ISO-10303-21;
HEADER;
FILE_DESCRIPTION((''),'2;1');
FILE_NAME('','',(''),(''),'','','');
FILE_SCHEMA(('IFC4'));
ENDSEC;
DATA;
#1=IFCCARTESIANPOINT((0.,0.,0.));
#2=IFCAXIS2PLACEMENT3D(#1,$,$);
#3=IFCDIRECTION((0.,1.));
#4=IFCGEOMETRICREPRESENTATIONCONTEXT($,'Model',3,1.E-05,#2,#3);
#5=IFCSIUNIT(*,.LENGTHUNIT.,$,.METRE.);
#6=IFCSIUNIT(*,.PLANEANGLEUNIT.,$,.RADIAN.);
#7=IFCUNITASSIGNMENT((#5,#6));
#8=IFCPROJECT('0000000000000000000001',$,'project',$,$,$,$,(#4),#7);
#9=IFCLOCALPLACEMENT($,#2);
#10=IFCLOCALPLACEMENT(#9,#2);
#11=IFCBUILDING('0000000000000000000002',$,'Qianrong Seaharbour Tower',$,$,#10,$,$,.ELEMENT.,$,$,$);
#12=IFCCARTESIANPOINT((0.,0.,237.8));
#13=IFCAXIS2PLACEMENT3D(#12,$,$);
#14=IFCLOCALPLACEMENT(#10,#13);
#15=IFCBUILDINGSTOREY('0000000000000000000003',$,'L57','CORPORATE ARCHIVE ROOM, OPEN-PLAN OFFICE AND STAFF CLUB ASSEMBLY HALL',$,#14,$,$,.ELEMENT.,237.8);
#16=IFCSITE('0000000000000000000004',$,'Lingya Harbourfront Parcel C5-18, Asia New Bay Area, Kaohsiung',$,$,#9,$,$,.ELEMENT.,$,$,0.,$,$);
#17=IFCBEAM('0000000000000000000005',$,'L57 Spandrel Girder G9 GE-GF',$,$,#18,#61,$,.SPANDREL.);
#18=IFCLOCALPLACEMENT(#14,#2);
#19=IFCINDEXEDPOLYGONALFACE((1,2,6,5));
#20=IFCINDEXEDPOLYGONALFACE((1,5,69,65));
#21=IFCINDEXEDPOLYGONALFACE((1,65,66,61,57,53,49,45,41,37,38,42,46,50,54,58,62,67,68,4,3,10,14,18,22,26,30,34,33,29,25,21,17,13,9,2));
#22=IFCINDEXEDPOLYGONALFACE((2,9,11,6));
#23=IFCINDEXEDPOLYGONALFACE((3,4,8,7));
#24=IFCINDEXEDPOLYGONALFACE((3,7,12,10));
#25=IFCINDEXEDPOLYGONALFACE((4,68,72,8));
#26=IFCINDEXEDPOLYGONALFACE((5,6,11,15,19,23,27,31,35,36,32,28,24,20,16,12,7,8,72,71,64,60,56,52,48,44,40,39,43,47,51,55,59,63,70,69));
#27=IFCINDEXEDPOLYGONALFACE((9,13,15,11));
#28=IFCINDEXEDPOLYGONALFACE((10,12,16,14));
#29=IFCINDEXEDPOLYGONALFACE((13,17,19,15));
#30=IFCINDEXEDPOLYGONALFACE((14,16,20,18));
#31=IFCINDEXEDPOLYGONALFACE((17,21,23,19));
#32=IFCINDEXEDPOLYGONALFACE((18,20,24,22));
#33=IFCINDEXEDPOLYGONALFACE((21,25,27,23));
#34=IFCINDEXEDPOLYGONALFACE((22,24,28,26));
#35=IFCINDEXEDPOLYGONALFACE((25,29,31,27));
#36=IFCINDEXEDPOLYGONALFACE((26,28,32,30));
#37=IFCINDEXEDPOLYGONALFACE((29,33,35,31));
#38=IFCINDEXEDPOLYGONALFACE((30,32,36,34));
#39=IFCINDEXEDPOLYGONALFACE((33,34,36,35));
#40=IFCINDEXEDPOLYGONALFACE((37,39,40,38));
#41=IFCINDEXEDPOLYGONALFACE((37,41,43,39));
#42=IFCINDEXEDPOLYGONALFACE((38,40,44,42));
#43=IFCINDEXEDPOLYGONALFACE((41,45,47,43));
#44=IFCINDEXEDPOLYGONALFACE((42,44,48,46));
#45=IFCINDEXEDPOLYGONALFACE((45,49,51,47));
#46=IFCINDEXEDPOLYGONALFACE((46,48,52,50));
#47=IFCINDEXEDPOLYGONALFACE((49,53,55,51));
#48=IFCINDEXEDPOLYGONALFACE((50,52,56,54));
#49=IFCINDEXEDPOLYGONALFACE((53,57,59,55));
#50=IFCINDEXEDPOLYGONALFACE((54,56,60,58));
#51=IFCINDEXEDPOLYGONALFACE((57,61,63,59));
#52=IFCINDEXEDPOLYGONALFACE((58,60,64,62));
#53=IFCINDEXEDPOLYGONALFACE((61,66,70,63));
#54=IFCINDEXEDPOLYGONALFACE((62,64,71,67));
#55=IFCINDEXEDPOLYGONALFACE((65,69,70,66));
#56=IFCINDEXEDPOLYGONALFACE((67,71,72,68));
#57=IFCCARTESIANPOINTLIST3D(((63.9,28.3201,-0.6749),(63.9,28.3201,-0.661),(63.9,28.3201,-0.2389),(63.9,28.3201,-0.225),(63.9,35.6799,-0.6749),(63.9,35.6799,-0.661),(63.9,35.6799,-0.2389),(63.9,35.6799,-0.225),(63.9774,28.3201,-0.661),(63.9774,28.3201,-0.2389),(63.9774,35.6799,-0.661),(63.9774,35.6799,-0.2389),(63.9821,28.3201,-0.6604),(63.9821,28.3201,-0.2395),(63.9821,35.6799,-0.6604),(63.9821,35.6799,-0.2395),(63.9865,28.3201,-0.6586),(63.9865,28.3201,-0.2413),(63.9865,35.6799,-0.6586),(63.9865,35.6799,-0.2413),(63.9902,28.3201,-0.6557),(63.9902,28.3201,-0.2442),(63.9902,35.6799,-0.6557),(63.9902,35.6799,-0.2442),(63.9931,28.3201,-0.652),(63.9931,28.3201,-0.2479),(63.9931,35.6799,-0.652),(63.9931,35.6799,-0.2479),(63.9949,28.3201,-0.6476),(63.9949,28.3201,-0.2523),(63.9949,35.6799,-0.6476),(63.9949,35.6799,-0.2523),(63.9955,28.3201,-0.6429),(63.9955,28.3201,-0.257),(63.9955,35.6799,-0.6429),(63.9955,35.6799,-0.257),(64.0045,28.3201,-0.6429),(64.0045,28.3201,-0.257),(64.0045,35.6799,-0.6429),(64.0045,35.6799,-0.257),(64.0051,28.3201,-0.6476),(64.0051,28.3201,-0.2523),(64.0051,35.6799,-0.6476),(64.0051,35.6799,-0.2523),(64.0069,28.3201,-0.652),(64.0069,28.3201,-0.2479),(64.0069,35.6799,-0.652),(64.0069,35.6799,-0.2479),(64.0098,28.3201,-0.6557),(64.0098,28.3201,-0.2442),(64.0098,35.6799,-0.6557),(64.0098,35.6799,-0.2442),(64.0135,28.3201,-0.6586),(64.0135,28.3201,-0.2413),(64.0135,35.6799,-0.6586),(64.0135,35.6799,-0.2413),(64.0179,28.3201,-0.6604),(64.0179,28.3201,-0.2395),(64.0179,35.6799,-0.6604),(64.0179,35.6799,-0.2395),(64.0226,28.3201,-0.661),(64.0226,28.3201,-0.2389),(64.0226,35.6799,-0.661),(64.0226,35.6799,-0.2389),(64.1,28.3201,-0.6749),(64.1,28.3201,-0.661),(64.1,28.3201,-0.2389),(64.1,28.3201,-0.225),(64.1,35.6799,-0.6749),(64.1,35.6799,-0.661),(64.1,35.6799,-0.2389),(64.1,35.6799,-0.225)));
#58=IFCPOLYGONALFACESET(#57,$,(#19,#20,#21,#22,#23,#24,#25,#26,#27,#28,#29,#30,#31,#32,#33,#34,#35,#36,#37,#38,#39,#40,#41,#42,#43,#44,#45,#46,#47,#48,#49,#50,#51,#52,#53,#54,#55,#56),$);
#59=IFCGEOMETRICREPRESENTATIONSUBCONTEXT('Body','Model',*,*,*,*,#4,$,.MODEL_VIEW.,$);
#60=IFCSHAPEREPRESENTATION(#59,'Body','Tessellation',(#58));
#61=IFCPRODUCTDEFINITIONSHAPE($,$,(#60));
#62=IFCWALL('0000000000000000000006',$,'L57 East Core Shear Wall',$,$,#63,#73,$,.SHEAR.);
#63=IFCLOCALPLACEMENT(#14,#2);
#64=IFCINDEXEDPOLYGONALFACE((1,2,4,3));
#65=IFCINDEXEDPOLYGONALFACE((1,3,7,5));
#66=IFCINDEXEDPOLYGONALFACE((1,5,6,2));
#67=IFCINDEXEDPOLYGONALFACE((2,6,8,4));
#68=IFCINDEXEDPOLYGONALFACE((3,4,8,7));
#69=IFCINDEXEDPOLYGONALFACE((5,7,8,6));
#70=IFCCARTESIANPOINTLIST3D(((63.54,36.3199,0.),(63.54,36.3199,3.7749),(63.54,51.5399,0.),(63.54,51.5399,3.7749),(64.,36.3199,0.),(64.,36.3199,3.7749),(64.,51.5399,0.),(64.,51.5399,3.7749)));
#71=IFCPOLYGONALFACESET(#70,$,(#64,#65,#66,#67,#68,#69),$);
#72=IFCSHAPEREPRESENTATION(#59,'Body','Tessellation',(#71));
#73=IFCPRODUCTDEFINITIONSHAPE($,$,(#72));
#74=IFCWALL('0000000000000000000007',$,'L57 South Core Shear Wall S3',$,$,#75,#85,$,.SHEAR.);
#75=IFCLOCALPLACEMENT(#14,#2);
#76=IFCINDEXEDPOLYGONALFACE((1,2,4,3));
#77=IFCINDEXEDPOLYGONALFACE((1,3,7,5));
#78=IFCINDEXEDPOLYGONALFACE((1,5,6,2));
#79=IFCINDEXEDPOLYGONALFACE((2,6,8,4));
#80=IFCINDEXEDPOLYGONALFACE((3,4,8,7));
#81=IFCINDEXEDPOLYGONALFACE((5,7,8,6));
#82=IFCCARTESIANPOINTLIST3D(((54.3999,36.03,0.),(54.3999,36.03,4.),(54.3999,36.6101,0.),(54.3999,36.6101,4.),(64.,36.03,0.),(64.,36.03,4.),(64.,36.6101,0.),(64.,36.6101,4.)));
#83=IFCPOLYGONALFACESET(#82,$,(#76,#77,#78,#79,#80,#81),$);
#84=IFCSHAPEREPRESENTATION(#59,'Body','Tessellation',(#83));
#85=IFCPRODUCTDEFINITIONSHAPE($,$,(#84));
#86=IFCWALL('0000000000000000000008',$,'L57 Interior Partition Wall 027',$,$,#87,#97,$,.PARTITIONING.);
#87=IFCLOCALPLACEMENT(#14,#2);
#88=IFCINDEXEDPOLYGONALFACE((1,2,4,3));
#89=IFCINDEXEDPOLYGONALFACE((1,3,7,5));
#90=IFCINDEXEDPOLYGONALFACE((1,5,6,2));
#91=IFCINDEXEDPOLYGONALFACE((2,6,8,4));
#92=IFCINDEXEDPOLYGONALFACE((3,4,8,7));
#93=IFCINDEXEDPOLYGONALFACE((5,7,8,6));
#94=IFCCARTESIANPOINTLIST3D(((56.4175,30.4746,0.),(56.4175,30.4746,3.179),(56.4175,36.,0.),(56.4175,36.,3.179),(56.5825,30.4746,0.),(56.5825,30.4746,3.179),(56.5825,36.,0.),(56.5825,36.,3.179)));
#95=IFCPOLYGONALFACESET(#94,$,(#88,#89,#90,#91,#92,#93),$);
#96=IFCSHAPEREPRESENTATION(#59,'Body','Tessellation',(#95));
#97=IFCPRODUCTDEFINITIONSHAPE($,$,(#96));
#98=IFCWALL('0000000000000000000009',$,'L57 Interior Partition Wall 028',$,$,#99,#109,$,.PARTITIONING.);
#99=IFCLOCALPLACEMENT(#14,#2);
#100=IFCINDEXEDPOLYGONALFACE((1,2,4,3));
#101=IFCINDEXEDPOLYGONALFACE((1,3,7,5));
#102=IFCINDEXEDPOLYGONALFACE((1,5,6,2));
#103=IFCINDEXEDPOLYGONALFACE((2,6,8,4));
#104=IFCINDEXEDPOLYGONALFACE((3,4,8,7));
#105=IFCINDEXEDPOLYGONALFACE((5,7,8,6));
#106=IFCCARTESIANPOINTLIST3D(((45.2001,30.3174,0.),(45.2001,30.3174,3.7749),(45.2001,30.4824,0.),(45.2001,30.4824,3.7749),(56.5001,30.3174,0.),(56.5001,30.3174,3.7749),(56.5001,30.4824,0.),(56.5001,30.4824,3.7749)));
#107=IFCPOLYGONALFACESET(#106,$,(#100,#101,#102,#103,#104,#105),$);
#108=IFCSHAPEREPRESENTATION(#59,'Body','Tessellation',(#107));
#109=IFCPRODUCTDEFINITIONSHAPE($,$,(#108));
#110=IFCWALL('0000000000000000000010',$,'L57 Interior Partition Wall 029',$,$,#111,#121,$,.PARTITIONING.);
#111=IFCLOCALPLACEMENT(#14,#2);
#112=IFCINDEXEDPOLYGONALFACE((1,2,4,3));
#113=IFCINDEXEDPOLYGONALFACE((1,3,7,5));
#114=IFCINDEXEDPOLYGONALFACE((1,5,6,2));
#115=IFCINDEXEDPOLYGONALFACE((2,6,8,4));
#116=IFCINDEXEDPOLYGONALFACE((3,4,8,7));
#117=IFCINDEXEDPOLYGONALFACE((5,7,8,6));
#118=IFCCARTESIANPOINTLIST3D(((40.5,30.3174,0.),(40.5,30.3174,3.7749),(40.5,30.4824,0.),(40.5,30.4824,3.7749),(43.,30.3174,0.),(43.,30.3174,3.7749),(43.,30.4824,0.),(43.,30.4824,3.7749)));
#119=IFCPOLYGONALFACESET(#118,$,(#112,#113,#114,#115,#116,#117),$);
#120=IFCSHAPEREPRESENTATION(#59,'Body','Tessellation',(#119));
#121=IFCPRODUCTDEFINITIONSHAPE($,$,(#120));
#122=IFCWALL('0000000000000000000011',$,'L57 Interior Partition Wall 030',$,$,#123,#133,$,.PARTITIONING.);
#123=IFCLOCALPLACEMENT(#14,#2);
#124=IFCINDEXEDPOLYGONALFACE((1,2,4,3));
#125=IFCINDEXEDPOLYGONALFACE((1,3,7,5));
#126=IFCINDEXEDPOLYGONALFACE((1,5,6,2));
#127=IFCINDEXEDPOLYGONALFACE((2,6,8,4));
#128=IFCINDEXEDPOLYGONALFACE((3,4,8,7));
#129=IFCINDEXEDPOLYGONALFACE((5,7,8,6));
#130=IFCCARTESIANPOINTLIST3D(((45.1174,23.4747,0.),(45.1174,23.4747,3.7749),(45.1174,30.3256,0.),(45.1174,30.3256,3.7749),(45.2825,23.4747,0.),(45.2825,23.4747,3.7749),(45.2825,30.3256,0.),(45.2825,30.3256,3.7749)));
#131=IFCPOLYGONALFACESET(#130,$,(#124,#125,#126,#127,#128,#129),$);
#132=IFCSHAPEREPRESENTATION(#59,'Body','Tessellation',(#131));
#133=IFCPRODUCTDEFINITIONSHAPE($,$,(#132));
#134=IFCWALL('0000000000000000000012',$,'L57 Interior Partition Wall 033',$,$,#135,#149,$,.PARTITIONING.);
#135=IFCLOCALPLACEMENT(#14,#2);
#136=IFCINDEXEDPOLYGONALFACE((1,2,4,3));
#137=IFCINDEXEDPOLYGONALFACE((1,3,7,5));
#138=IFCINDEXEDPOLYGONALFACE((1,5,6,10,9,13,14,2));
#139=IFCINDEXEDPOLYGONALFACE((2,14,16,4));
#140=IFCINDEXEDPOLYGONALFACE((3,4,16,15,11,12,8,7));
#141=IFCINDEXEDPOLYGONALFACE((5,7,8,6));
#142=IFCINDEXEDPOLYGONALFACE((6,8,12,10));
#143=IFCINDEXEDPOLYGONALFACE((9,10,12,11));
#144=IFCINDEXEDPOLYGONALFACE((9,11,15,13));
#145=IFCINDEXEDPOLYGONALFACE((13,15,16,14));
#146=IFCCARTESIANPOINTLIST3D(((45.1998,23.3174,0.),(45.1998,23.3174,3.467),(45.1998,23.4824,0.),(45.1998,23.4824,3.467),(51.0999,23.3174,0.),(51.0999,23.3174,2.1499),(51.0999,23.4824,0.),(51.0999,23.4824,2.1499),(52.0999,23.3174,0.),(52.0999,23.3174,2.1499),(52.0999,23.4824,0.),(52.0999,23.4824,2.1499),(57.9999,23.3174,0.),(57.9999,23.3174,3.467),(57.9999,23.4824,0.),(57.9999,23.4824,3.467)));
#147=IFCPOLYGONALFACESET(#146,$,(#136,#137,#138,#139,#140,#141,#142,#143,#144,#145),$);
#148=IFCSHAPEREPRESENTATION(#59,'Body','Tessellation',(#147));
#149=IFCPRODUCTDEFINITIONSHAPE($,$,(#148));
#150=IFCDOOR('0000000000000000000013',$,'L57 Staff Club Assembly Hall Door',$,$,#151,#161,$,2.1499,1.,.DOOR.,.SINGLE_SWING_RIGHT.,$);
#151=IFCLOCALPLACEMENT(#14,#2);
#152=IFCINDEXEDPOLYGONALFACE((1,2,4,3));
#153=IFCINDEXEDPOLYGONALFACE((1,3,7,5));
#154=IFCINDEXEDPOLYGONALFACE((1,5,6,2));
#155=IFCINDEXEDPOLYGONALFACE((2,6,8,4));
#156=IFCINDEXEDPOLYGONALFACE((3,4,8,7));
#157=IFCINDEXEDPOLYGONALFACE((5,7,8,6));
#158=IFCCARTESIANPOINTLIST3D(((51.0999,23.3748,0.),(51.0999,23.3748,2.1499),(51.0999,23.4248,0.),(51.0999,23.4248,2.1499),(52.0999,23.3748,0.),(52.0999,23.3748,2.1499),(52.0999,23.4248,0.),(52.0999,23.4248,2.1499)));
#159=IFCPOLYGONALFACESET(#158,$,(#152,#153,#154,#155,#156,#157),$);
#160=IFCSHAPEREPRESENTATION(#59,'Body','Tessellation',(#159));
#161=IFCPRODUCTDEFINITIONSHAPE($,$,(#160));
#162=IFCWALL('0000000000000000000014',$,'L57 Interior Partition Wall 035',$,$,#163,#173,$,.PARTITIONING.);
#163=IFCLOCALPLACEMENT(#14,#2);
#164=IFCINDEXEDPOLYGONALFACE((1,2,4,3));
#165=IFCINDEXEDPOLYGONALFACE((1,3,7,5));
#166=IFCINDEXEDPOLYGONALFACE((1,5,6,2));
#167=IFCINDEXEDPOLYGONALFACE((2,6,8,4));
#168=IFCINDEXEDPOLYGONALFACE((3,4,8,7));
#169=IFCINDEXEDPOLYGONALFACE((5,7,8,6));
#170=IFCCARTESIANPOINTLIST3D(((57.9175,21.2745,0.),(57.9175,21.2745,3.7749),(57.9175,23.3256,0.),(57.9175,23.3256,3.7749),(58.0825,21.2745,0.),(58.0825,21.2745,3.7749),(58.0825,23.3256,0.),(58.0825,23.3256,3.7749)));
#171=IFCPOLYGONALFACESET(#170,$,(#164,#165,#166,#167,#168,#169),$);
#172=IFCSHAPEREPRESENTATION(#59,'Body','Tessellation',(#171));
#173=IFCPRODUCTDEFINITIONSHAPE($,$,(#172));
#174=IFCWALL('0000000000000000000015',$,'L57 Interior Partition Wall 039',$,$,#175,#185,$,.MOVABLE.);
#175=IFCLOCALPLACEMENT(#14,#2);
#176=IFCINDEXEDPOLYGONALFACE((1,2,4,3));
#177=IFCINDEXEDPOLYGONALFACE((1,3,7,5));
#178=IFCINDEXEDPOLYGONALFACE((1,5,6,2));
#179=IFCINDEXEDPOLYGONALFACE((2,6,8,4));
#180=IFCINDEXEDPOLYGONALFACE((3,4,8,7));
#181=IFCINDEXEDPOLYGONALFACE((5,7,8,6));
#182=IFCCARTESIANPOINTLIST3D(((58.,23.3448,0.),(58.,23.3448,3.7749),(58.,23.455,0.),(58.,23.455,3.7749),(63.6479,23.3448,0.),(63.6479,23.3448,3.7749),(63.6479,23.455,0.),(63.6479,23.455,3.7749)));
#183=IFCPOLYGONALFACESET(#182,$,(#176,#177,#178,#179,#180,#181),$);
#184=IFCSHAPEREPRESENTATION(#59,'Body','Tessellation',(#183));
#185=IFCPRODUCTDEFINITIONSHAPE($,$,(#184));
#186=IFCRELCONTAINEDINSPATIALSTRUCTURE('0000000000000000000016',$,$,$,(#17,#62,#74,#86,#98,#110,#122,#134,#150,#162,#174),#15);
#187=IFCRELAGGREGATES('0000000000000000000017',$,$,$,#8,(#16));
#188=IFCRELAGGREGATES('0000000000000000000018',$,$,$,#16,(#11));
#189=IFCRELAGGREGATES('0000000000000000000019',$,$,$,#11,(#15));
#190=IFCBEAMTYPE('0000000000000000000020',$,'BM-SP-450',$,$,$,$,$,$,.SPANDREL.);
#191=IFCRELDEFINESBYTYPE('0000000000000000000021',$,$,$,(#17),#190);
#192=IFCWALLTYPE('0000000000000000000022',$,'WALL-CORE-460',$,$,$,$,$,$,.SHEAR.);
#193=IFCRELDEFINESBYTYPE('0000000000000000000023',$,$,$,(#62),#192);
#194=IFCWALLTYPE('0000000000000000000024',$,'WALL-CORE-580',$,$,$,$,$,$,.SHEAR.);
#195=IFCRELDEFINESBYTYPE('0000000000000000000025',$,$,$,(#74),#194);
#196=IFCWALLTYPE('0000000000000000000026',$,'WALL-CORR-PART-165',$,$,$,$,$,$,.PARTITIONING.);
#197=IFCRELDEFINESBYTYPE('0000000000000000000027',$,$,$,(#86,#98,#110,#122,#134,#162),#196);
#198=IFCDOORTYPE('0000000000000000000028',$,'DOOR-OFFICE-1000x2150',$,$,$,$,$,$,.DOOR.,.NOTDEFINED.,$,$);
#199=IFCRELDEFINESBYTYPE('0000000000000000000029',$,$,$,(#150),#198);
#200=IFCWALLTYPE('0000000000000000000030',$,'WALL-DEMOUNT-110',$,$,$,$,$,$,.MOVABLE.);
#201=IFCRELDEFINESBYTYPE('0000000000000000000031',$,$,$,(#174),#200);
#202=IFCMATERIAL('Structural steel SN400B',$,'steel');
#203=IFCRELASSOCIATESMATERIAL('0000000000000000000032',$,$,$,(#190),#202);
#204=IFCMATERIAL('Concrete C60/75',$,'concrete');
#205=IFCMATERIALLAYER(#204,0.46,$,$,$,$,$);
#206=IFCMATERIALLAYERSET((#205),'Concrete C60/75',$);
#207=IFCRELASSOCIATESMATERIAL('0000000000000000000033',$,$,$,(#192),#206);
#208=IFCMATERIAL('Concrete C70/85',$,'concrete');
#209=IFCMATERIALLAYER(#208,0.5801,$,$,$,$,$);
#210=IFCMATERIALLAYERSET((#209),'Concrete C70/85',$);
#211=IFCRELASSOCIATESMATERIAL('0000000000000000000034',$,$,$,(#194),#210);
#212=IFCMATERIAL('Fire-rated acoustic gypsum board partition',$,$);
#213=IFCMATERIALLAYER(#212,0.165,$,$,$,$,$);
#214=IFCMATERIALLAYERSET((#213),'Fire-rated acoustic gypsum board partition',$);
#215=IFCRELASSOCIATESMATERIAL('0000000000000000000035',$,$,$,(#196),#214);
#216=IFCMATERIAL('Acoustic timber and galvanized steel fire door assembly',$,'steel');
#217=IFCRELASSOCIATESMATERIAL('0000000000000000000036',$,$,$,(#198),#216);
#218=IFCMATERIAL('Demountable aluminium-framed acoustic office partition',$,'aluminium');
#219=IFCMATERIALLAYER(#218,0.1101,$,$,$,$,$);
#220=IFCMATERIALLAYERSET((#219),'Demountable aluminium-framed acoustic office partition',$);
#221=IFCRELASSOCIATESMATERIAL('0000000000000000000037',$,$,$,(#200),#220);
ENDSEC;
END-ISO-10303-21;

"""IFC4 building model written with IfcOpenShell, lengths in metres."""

from ifc_helpers import new_model, si_unit, direction, frame, frame_2d, origin, origin_2d, place, context, subcontext, project, spatial, rectangle, i_section, extrude, material, layer, layer_set, material_profile, profile_set, type_object, element, fill, save


model = new_model("IFC4")

# Units and contexts
model_context = context("Model", 3, precision=1e-05, world=origin(), true_north=direction((0.0, 1.0)))
body_context = subcontext(model_context, "Body", "Model", "MODEL_VIEW")
ifc_project = project(units=[si_unit("LENGTHUNIT", "METRE"), si_unit("PLANEANGLEUNIT", "RADIAN")], contexts=[model_context])

# Site, building, storey
site_placement = place(None, origin())
site = spatial("IfcSite", under=ifc_project, at=site_placement, Name="Lingya Harbourfront Parcel C5-18, Asia New Bay Area, Kaohsiung", CompositionType="ELEMENT", RefElevation=0.0)
building_placement = place(site_placement, origin())
building = spatial("IfcBuilding", under=site, at=building_placement, Name="Qianrong Seaharbour Tower", CompositionType="ELEMENT")
storey_placement = place(building_placement, frame((0.0, 0.0, 237.8)))
storey = spatial("IfcBuildingStorey", under=building, at=storey_placement, Name="L57", Description="CORPORATE ARCHIVE ROOM, OPEN-PLAN OFFICE AND STAFF CLUB ASSEMBLY HALL", CompositionType="ELEMENT", Elevation=237.8)

# Beam
ifc_material_1 = material(Name="Structural steel SN400B", Category="steel")
ifc_material_2 = material(Name="Concrete C60/75", Category="concrete")
ifc_material_profile_1 = material_profile(ifc_material_1, i_section(OverallWidth=0.2, OverallDepth=0.45, WebThickness=0.009, FlangeThickness=0.0139, FilletRadius=0.0181, at=origin_2d()), Name="H450x200x9x14")
ifc_profile_set_1 = profile_set([ifc_material_profile_1], Name="Structural steel SN400B")
beam_type_1 = type_object("IfcBeamType", Name="BM-SP-450", PredefinedType="SPANDREL", material=ifc_profile_set_1)
beam_1_placement = place(storey_placement, frame((64.0, 28.3201, -0.45), z_axis=(0.0, 1.0, 0.0), x_axis=(-1.0, 0.0, 0.0)))
element("IfcBeam", 1, at=beam_1_placement, inside=storey, type_object=beam_type_1, Name="L57 Spandrel Girder G9 GE-GF", PredefinedType="SPANDREL", context=body_context, shape_type="SweptSolid", body=[
    extrude(i_section(OverallWidth=0.2, OverallDepth=0.45, WebThickness=0.009, FlangeThickness=0.0139, FilletRadius=0.0181, at=origin_2d()), origin(), (0.0, 0.0, 1.0), 7.3599),
])

# Walls
ifc_layer_1 = layer(ifc_material_2, 0.46)
ifc_layer_set_1 = layer_set([ifc_layer_1], Name="Concrete C60/75")
wall_type_1 = type_object("IfcWallType", Name="WALL-CORE-460", PredefinedType="SHEAR", material=ifc_layer_set_1)
wall_1_placement = place(storey_placement, frame((63.77, 36.3201, 0.0), z_axis=(0.0, 0.0, 1.0), x_axis=(0.0, 1.0, 0.0)))
element("IfcWall", 2, at=wall_1_placement, inside=storey, type_object=wall_type_1, Name="L57 East Core Shear Wall", PredefinedType="SHEAR", context=body_context, shape_type="SweptSolid", body=[
    extrude(rectangle(XDim=15.22, YDim=0.46, at=frame_2d((7.6099, 0.0))), origin(), (0.0, 0.0, 1.0), 3.7749),
])
ifc_material_3 = material(Name="Concrete C70/85", Category="concrete")
ifc_layer_2 = layer(ifc_material_3, 0.5801)
ifc_layer_set_2 = layer_set([ifc_layer_2], Name="Concrete C70/85")
wall_type_2 = type_object("IfcWallType", Name="WALL-CORE-580", PredefinedType="SHEAR", material=ifc_layer_set_2)
wall_2_placement = place(storey_placement, frame((54.3999, 36.3201, 0.0), z_axis=(0.0, 0.0, 1.0), x_axis=(1.0, 0.0, 0.0)))
element("IfcWall", 3, at=wall_2_placement, inside=storey, type_object=wall_type_2, Name="L57 South Core Shear Wall S3", PredefinedType="SHEAR", context=body_context, shape_type="SweptSolid", body=[
    extrude(rectangle(XDim=9.6001, YDim=0.5801, at=frame_2d((4.8, 0.0))), origin(), (0.0, 0.0, 1.0), 4.0),
])

# Shared definitions
ifc_material_4 = material(Name="Fire-rated acoustic gypsum board partition")
ifc_layer_3 = layer(ifc_material_4, 0.165)
ifc_layer_set_3 = layer_set([ifc_layer_3], Name="Fire-rated acoustic gypsum board partition")
wall_type_3 = type_object("IfcWallType", Name="WALL-CORR-PART-165", PredefinedType="PARTITIONING", material=ifc_layer_set_3)
ifc_material_5 = material(Name="Acoustic timber and galvanized steel fire door assembly", Category="steel")

# Walls
wall_3_placement = place(storey_placement, frame((56.5, 36.0, 0.0), z_axis=(0.0, 0.0, 1.0), x_axis=(0.0, -1.0, 0.0)))
element("IfcWall", 4, at=wall_3_placement, inside=storey, type_object=wall_type_3, Name="L57 Interior Partition Wall 027", PredefinedType="PARTITIONING", context=body_context, shape_type="SweptSolid", body=[
    extrude(rectangle(XDim=5.5254, YDim=0.165, at=frame_2d((2.7627, 0.0))), origin(), (0.0, 0.0, 1.0), 3.179),
])
wall_4_placement = place(storey_placement, frame((56.5, 30.3999, 0.0), z_axis=(0.0, 0.0, 1.0), x_axis=(-1.0, 0.0, 0.0)))
element("IfcWall", 5, at=wall_4_placement, inside=storey, type_object=wall_type_3, Name="L57 Interior Partition Wall 028", PredefinedType="PARTITIONING", context=body_context, shape_type="SweptSolid", body=[
    extrude(rectangle(XDim=11.3, YDim=0.165, at=frame_2d((5.6499, 0.0))), origin(), (0.0, 0.0, 1.0), 3.7749),
])
wall_5_placement = place(storey_placement, frame((43.0, 30.3999, 0.0), z_axis=(0.0, 0.0, 1.0), x_axis=(-1.0, 0.0, 0.0)))
element("IfcWall", 6, at=wall_5_placement, inside=storey, type_object=wall_type_3, Name="L57 Interior Partition Wall 029", PredefinedType="PARTITIONING", context=body_context, shape_type="SweptSolid", body=[
    extrude(rectangle(XDim=2.5, YDim=0.165, at=frame_2d((1.25, 0.0))), origin(), (0.0, 0.0, 1.0), 3.7749),
])
wall_6_placement = place(storey_placement, frame((45.2, 30.3254, 0.0), z_axis=(0.0, 0.0, 1.0), x_axis=(0.0, -1.0, 0.0)))
element("IfcWall", 7, at=wall_6_placement, inside=storey, type_object=wall_type_3, Name="L57 Interior Partition Wall 030", PredefinedType="PARTITIONING", context=body_context, shape_type="SweptSolid", body=[
    extrude(rectangle(XDim=6.8508, YDim=0.165, at=frame_2d((3.4253, 0.0))), origin(), (0.0, 0.0, 1.0), 3.7749),
])

# Wall, opening, door
wall_7_placement = place(storey_placement, frame((45.2, 23.3999, 0.0), z_axis=(0.0, 0.0, 1.0), x_axis=(1.0, 0.0, 0.0)))
wall_7 = element("IfcWall", 8, at=wall_7_placement, inside=storey, type_object=wall_type_3, Name="L57 Interior Partition Wall 033", PredefinedType="PARTITIONING", context=body_context, shape_type="SweptSolid", body=[
    extrude(rectangle(XDim=12.8, YDim=0.165, at=frame_2d((6.3999, 0.0))), origin(), (0.0, 0.0, 1.0), 3.467),
])
opening_1_placement = place(wall_7_placement, frame((5.8999, 0.0, 0.0)))
opening_1 = element("IfcOpeningElement", 9, at=opening_1_placement, cuts=wall_7, PredefinedType="OPENING", context=body_context, shape_type="SweptSolid", body=[
    extrude(rectangle(XDim=1.0, YDim=2.1499, at=frame_2d((0.5, 1.075))), frame((0.0, 0.0925, 0.0), z_axis=(0.0, -1.0, 0.0), x_axis=(1.0, 0.0, 0.0)), (0.0, 0.0, 1.0), 0.1851),
])
door_type_1 = type_object("IfcDoorType", Name="DOOR-OFFICE-1000x2150", OperationType="NOTDEFINED", PredefinedType="DOOR", material=ifc_material_5)
door_1_placement = place(opening_1_placement, origin())
door_1 = element("IfcDoor", 10, at=door_1_placement, inside=storey, type_object=door_type_1, Name="L57 Staff Club Assembly Hall Door", OperationType="SINGLE_SWING_RIGHT", OverallHeight=2.1499, OverallWidth=1.0, PredefinedType="DOOR", context=body_context, shape_type="SweptSolid", body=[
    extrude(rectangle(XDim=1.0, YDim=2.1499, at=frame_2d((0.5, 1.075))), frame((0.0, 0.0249, 0.0), z_axis=(0.0, -1.0, 0.0), x_axis=(1.0, 0.0, 0.0)), (0.0, 0.0, 1.0), 0.05),
])
fill(opening_1, door_1)

# Walls
wall_8_placement = place(storey_placement, frame((58.0, 23.3254, 0.0), z_axis=(0.0, 0.0, 1.0), x_axis=(0.0, -1.0, 0.0)))
element("IfcWall", 11, at=wall_8_placement, inside=storey, type_object=wall_type_3, Name="L57 Interior Partition Wall 035", PredefinedType="PARTITIONING", context=body_context, shape_type="SweptSolid", body=[
    extrude(rectangle(XDim=2.051, YDim=0.165, at=frame_2d((1.0254, 0.0))), origin(), (0.0, 0.0, 1.0), 3.7749),
])
ifc_material_6 = material(Name="Demountable aluminium-framed acoustic office partition", Category="aluminium")
ifc_layer_4 = layer(ifc_material_6, 0.1101)
ifc_layer_set_4 = layer_set([ifc_layer_4], Name="Demountable aluminium-framed acoustic office partition")
wall_type_4 = type_object("IfcWallType", Name="WALL-DEMOUNT-110", PredefinedType="MOVABLE", material=ifc_layer_set_4)
wall_9_placement = place(storey_placement, frame((63.6479, 23.3999, 0.0), z_axis=(0.0, 0.0, 1.0), x_axis=(-1.0, 0.0, 0.0)))
element("IfcWall", 12, at=wall_9_placement, inside=storey, type_object=wall_type_4, Name="L57 Interior Partition Wall 039", PredefinedType="MOVABLE", context=body_context, shape_type="SweptSolid", body=[
    extrude(rectangle(XDim=5.6479, YDim=0.1101, at=frame_2d((2.824, 0.0))), origin(), (0.0, 0.0, 1.0), 3.7749),
])

save(model, "model.ifc")
